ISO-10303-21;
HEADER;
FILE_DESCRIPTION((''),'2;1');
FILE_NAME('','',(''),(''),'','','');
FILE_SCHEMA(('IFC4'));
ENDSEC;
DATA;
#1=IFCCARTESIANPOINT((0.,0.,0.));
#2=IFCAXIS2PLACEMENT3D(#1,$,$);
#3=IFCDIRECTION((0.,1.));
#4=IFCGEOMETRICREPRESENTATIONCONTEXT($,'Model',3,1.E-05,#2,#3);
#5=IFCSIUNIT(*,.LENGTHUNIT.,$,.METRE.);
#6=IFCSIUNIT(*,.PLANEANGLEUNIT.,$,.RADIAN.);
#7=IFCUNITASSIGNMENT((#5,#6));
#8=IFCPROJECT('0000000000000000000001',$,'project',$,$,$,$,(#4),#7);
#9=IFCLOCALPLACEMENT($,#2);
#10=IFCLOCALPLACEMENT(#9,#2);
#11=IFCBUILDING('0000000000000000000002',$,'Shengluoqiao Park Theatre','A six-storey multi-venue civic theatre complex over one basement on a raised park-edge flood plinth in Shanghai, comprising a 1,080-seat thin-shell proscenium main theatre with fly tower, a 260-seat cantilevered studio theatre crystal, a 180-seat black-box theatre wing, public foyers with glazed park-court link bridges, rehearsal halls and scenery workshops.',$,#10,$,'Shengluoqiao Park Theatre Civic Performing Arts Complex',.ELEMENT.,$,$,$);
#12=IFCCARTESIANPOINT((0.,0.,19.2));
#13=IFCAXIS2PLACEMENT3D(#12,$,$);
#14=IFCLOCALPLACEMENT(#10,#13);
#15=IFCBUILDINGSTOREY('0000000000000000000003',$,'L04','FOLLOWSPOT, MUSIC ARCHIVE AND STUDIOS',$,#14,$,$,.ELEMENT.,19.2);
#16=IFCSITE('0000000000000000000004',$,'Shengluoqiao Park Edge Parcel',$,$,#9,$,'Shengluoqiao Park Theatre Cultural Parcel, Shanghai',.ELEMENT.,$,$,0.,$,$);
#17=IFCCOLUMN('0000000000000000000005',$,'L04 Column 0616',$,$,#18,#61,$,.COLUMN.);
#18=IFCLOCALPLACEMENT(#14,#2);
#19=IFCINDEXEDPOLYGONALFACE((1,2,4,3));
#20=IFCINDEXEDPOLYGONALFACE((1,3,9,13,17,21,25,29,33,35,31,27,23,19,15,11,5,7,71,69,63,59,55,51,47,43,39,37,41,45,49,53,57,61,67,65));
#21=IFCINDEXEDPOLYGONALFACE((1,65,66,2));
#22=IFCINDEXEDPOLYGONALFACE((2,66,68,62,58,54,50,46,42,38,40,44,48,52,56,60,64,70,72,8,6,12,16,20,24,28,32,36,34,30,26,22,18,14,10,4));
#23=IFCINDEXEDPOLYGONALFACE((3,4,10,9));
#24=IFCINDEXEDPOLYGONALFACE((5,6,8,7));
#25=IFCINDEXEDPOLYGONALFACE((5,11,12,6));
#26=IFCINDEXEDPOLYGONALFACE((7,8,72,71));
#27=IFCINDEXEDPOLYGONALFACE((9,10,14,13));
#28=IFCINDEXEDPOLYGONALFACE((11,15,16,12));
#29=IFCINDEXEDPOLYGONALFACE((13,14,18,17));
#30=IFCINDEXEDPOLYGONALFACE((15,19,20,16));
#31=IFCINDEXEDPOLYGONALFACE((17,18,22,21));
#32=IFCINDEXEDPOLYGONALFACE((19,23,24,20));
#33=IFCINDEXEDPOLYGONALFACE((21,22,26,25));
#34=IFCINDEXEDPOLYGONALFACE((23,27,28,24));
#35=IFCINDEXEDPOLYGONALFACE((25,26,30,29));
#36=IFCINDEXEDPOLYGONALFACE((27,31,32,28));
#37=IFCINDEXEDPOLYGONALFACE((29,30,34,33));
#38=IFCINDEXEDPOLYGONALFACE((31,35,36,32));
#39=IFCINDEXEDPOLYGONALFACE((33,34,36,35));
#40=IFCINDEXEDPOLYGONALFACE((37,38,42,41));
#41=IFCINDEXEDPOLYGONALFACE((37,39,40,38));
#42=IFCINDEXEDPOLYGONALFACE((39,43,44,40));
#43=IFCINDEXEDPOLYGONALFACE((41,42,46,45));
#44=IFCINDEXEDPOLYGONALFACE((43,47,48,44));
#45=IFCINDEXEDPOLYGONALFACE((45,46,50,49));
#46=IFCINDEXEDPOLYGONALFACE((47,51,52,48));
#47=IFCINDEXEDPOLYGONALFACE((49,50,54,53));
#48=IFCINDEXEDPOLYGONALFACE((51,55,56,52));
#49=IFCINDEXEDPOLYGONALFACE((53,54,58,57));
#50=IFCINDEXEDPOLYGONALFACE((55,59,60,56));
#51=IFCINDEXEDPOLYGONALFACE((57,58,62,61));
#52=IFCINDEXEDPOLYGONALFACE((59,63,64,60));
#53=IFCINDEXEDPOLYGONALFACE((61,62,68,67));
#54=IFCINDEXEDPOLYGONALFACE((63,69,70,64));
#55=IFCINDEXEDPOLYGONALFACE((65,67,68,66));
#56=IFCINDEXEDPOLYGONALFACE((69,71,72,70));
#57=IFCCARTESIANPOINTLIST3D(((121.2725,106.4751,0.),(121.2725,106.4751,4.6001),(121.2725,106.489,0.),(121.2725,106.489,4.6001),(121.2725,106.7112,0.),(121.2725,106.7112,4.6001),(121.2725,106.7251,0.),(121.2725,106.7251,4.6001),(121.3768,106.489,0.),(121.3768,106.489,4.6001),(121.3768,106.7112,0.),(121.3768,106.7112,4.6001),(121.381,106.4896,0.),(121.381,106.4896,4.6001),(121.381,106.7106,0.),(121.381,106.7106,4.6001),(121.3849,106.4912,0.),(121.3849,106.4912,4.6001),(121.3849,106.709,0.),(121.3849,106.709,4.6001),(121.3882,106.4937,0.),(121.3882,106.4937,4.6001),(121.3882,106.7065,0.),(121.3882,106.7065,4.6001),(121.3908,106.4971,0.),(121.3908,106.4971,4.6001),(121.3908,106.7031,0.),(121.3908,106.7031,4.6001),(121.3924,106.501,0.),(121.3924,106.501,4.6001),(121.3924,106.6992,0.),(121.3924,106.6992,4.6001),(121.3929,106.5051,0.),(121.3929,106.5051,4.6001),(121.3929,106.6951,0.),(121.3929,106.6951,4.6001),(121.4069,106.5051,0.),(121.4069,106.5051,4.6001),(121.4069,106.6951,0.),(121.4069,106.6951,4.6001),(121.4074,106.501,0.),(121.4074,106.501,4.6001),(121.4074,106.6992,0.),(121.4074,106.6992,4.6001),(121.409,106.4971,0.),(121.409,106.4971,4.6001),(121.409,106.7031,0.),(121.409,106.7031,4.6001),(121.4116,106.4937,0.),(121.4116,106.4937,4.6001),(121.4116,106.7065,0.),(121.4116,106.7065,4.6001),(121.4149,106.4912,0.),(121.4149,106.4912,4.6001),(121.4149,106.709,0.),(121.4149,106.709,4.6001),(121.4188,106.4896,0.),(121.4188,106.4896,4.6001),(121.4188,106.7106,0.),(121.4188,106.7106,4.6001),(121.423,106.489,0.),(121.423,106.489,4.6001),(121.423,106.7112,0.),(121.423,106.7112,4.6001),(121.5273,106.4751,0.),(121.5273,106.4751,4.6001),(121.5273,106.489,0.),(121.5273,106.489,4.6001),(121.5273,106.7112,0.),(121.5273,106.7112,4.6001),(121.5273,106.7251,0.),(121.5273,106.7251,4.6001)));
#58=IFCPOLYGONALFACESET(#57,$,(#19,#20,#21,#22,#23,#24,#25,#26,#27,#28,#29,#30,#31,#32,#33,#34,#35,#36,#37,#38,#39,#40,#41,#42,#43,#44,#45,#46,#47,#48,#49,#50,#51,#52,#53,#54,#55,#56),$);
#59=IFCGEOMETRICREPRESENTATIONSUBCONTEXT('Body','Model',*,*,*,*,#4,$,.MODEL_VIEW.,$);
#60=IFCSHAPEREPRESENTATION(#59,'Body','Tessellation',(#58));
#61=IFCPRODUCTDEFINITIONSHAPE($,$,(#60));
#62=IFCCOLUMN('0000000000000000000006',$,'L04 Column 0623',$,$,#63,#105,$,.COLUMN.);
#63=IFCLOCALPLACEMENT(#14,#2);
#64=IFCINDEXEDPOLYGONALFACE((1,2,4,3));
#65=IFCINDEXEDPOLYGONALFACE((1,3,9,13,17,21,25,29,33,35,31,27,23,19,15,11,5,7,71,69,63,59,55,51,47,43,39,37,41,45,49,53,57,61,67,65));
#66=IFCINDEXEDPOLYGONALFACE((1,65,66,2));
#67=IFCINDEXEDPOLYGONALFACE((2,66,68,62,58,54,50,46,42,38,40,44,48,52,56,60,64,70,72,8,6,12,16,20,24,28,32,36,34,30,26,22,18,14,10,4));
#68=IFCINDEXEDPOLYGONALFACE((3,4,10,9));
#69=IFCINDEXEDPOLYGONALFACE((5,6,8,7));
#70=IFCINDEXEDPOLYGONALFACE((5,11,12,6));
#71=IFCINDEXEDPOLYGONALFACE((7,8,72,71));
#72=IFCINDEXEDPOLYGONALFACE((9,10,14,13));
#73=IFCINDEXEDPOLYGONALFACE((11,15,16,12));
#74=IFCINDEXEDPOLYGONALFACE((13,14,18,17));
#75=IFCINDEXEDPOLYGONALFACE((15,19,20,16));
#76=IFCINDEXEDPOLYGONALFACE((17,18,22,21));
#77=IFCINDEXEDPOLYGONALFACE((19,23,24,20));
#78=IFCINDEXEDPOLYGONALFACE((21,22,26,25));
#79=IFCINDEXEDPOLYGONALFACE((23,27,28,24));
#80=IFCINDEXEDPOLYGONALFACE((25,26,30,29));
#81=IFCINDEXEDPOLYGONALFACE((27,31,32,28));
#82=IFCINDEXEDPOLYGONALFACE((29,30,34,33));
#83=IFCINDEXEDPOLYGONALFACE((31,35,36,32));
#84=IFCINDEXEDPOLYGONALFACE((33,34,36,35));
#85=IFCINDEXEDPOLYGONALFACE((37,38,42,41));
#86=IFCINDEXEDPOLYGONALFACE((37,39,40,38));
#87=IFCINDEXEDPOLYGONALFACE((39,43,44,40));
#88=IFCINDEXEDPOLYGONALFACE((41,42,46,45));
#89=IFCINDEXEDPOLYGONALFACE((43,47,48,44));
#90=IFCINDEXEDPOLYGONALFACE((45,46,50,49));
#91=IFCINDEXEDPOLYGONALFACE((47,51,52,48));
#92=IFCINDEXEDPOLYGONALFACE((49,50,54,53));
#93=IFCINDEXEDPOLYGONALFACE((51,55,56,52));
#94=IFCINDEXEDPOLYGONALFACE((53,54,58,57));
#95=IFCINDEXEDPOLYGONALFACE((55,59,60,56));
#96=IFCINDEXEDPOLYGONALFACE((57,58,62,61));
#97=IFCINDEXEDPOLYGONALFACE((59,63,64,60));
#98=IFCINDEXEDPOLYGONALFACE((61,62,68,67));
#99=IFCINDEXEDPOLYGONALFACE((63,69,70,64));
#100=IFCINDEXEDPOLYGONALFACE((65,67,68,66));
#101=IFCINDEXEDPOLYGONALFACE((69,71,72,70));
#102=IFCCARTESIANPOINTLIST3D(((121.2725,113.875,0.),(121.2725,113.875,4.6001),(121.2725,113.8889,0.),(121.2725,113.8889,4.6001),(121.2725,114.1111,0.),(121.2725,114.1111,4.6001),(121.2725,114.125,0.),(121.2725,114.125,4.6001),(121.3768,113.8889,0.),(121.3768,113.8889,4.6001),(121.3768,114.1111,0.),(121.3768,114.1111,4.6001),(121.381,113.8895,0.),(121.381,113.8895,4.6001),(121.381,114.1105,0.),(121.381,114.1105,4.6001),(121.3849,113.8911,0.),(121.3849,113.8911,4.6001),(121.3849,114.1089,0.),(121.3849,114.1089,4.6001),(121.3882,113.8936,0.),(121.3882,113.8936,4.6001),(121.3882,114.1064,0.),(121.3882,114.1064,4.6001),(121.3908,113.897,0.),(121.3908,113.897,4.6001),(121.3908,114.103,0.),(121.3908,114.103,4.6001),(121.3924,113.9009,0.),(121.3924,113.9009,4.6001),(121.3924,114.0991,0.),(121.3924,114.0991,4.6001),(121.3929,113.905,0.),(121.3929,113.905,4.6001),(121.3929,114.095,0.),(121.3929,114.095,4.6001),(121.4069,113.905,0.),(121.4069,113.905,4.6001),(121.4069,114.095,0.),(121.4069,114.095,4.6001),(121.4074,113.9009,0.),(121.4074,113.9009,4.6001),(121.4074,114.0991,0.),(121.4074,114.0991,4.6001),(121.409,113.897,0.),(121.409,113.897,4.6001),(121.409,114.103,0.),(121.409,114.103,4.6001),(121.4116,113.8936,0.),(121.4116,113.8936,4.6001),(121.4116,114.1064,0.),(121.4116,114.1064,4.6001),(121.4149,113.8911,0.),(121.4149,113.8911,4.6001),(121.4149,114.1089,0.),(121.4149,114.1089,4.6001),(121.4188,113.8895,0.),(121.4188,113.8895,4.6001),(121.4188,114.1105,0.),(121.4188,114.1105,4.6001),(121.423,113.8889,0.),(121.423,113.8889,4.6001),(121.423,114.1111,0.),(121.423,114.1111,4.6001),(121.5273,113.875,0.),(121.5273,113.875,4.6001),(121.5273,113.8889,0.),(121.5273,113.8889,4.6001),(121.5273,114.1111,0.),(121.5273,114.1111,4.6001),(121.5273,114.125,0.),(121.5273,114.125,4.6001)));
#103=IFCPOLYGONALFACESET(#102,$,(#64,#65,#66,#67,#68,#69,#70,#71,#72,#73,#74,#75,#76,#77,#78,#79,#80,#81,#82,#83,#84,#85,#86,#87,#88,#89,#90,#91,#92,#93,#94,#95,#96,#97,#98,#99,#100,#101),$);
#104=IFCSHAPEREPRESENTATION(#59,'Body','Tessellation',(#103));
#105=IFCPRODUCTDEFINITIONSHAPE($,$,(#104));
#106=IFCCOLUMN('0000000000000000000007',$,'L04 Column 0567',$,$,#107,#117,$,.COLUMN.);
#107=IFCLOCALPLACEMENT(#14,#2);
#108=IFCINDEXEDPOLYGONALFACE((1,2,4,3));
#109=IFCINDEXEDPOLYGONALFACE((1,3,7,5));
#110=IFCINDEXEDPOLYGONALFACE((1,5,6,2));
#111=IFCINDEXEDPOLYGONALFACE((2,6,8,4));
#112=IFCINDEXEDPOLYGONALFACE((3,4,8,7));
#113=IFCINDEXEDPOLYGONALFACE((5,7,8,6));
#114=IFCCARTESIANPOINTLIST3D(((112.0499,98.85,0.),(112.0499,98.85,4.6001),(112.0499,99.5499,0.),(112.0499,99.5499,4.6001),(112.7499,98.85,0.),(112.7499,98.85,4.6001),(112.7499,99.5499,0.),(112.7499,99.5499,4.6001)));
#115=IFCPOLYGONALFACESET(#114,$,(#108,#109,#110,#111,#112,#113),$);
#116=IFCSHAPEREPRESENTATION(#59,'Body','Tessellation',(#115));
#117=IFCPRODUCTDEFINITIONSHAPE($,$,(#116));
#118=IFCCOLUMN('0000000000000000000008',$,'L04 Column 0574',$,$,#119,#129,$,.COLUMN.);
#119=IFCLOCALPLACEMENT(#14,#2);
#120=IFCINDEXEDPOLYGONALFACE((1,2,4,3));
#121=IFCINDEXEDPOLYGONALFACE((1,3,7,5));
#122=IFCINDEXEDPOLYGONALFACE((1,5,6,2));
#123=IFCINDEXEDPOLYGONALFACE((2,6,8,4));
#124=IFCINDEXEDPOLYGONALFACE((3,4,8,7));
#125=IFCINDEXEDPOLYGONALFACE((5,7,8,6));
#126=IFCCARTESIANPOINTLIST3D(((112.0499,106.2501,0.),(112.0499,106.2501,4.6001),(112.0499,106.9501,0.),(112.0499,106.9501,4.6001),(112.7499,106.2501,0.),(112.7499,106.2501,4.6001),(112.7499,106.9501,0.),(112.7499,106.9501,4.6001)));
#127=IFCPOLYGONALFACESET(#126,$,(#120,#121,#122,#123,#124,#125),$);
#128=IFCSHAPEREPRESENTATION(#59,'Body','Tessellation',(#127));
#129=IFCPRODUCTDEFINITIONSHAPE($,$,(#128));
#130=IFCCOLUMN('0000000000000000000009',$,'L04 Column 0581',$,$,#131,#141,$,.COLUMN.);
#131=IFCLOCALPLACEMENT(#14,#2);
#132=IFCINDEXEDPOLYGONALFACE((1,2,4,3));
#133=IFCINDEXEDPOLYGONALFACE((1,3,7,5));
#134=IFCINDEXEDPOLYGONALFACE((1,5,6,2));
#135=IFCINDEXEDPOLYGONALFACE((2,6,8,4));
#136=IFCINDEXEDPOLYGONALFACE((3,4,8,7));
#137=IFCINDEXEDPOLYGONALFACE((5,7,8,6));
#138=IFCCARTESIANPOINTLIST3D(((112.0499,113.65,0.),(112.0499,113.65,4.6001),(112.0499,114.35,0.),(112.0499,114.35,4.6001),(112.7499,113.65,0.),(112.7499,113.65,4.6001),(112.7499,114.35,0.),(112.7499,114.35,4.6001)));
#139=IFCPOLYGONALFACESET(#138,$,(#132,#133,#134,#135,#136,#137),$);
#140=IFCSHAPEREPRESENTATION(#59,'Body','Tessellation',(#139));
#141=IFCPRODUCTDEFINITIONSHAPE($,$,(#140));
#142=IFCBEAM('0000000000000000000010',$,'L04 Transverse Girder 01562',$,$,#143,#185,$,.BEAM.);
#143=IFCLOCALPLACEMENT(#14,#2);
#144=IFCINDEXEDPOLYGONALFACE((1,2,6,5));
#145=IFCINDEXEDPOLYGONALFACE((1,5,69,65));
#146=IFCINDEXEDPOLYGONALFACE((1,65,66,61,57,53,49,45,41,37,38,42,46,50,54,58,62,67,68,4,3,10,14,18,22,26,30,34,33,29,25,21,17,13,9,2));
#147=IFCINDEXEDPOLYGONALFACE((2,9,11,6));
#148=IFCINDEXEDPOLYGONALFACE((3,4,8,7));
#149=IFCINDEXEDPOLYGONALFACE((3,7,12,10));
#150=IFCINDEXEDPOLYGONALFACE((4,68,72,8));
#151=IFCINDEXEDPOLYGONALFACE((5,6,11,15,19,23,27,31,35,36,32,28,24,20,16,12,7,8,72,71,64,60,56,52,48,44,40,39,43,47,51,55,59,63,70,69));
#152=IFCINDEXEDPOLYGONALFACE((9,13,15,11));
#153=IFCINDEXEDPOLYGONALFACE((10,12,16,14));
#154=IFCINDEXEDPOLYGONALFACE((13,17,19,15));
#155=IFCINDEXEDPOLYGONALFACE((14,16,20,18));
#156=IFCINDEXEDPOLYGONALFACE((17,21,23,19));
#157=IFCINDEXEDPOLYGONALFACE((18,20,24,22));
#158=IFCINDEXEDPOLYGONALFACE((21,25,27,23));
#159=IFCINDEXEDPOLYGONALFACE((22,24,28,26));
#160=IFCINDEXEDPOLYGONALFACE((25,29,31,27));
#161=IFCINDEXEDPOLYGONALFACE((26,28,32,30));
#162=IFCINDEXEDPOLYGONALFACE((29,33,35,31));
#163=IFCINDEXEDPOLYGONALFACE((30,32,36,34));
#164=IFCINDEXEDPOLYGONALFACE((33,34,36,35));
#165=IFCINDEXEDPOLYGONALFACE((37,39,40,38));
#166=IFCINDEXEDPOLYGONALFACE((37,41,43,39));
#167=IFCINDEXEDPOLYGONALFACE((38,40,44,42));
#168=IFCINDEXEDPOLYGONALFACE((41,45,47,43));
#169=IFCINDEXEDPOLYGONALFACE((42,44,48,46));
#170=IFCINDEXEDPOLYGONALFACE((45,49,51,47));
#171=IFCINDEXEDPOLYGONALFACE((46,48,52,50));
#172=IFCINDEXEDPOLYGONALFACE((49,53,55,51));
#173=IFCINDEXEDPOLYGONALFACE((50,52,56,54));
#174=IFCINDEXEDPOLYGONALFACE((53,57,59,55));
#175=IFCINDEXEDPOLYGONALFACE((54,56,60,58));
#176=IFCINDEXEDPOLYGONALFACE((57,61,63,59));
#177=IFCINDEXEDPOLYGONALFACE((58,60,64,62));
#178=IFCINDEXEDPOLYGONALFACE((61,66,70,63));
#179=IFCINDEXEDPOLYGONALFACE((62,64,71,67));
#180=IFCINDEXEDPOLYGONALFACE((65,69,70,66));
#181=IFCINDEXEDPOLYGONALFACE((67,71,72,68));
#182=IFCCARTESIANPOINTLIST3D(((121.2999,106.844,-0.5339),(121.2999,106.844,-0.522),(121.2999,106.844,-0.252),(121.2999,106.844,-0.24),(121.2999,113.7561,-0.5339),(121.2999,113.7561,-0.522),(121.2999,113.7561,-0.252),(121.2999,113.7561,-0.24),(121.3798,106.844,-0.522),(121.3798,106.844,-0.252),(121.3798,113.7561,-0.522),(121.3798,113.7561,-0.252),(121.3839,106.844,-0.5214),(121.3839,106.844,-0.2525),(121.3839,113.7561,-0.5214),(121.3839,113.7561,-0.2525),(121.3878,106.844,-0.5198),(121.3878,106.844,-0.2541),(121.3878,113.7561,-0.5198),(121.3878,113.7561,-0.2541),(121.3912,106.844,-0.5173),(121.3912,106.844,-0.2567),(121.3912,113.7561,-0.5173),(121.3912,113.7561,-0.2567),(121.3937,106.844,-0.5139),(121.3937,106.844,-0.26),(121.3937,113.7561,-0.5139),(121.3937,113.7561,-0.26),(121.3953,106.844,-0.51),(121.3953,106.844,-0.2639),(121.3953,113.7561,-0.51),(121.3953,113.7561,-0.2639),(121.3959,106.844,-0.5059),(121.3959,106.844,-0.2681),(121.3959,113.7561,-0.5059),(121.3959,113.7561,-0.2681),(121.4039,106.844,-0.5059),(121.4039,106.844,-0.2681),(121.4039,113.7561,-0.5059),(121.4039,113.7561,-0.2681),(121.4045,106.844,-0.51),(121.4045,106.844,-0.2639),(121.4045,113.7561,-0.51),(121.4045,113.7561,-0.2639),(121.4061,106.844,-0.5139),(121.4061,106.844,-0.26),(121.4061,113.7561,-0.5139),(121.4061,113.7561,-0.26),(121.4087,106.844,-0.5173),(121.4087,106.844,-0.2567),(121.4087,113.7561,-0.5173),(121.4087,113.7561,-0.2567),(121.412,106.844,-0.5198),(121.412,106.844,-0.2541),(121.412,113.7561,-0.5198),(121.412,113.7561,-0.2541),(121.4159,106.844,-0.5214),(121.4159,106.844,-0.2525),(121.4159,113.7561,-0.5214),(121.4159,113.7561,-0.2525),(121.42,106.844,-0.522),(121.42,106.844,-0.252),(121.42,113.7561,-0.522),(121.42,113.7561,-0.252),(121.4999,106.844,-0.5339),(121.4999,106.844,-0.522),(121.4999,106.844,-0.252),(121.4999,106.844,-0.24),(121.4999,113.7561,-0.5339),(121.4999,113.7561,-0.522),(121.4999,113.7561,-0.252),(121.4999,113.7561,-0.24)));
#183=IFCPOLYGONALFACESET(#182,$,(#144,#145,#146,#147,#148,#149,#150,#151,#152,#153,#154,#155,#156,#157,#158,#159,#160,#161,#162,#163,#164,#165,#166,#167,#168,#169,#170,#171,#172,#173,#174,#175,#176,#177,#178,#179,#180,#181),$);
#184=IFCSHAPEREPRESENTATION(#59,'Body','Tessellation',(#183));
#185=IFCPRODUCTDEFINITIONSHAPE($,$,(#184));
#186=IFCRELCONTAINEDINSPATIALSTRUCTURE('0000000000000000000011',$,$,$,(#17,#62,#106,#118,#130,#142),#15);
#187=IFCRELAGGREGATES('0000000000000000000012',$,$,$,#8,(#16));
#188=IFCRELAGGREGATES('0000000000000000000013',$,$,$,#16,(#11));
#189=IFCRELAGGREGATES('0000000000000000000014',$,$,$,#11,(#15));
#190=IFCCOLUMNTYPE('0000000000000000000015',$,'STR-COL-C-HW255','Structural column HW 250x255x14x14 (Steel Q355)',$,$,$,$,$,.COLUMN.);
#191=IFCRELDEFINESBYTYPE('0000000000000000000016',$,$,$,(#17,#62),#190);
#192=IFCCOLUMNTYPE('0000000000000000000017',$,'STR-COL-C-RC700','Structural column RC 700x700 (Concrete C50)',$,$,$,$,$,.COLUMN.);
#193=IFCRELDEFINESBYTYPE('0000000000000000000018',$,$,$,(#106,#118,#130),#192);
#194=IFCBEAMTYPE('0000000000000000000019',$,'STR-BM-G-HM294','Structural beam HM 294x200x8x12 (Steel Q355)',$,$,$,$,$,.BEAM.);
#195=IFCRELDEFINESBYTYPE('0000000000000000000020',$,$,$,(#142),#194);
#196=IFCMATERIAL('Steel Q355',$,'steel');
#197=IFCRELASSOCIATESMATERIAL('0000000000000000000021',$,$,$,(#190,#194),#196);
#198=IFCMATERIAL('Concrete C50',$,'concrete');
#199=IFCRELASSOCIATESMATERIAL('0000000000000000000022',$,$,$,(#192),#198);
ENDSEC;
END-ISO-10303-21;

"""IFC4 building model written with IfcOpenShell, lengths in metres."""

from ifc_helpers import new_model, si_unit, direction, frame, origin, origin_2d, place, context, subcontext, project, spatial, rectangle, i_section, extrude, material, material_profile, profile_set, type_object, element, save


model = new_model("IFC4")

# Units and contexts
model_context = context("Model", 3, precision=1e-05, world=origin(), true_north=direction((0.0, 1.0)))
body_context = subcontext(model_context, "Body", "Model", "MODEL_VIEW")
ifc_project = project(units=[si_unit("LENGTHUNIT", "METRE"), si_unit("PLANEANGLEUNIT", "RADIAN")], contexts=[model_context])

# Site, building, storey
site_placement = place(None, origin())
site = spatial("IfcSite", under=ifc_project, at=site_placement, Name="Shengluoqiao Park Edge Parcel", LongName="Shengluoqiao Park Theatre Cultural Parcel, Shanghai", CompositionType="ELEMENT", RefElevation=0.0)
building_placement = place(site_placement, origin())
building = spatial("IfcBuilding", under=site, at=building_placement, Name="Shengluoqiao Park Theatre", Description="A six-storey multi-venue civic theatre complex over one basement on a raised park-edge flood plinth in Shanghai, comprising a 1,080-seat thin-shell proscenium main theatre with fly tower, a 260-seat cantilevered studio theatre crystal, a 180-seat black-box theatre wing, public foyers with glazed park-court link bridges, rehearsal halls and scenery workshops.", LongName="Shengluoqiao Park Theatre Civic Performing Arts Complex", CompositionType="ELEMENT")
storey_placement = place(building_placement, frame((0.0, 0.0, 19.2)))
storey = spatial("IfcBuildingStorey", under=building, at=storey_placement, Name="L04", Description="FOLLOWSPOT, MUSIC ARCHIVE AND STUDIOS", CompositionType="ELEMENT", Elevation=19.2)

# Columns
ifc_material_1 = material(Name="Steel Q355", Category="steel")
ifc_material_profile_1 = material_profile(ifc_material_1, i_section(OverallWidth=0.2549, OverallDepth=0.25, WebThickness=0.0139, FlangeThickness=0.0139, FilletRadius=0.0161, at=origin_2d()), Name="HW 250x255x14x14")
ifc_profile_set_1 = profile_set([ifc_material_profile_1], Name="Steel Q355")
column_type_1 = type_object("IfcColumnType", Name="STR-COL-C-HW255", Description="Structural column HW 250x255x14x14 (Steel Q355)", PredefinedType="COLUMN", material=ifc_profile_set_1)
for number, where, z_axis, x_axis, name in (
    (1, (121.3999, 106.6001, 0.0), (0.0, 0.0, 1.0), (1.0, 0.0, 0.0), "L04 Column 0616"),
    (2, (121.3999, 114.0, 0.0), (0.0, 0.0, 1.0), (1.0, 0.0, 0.0), "L04 Column 0623"),
):
    element("IfcColumn", number, at=place(storey_placement, frame(where, z_axis=z_axis, x_axis=x_axis)), inside=storey, type_object=column_type_1, Name=name, PredefinedType="COLUMN", context=body_context, shape_type="SweptSolid", body=[
        extrude(i_section(OverallWidth=0.2549, OverallDepth=0.25, WebThickness=0.0139, FlangeThickness=0.0139, FilletRadius=0.0161, at=origin_2d()), origin(), (0.0, 0.0, 1.0), 4.6001),
    ])
ifc_material_2 = material(Name="Concrete C50", Category="concrete")
ifc_material_profile_2 = material_profile(ifc_material_2, rectangle(XDim=0.7, YDim=0.7, at=origin_2d()), Name="RC 700x700")
ifc_profile_set_2 = profile_set([ifc_material_profile_2], Name="Concrete C50")
column_type_2 = type_object("IfcColumnType", Name="STR-COL-C-RC700", Description="Structural column RC 700x700 (Concrete C50)", PredefinedType="COLUMN", material=ifc_profile_set_2)
for number, where, z_axis, x_axis, name in (
    (3, (112.3999, 99.2, 0.0), (0.0, 0.0, 1.0), (1.0, 0.0, 0.0), "L04 Column 0567"),
    (4, (112.3999, 106.6001, 0.0), (0.0, 0.0, 1.0), (1.0, 0.0, 0.0), "L04 Column 0574"),
    (5, (112.3999, 114.0, 0.0), (0.0, 0.0, 1.0), (1.0, 0.0, 0.0), "L04 Column 0581"),
):
    element("IfcColumn", number, at=place(storey_placement, frame(where, z_axis=z_axis, x_axis=x_axis)), inside=storey, type_object=column_type_2, Name=name, PredefinedType="COLUMN", context=body_context, shape_type="SweptSolid", body=[
        extrude(rectangle(XDim=0.7, YDim=0.7, at=origin_2d()), origin(), (0.0, 0.0, 1.0), 4.6001),
    ])

# Beam
ifc_material_profile_3 = material_profile(ifc_material_1, i_section(OverallWidth=0.2, OverallDepth=0.2939, WebThickness=0.0081, FlangeThickness=0.012, FilletRadius=0.0161, at=origin_2d()), Name="HM 294x200x8x12")
ifc_profile_set_3 = profile_set([ifc_material_profile_3], Name="Steel Q355")
beam_type_1 = type_object("IfcBeamType", Name="STR-BM-G-HM294", Description="Structural beam HM 294x200x8x12 (Steel Q355)", PredefinedType="BEAM", material=ifc_profile_set_3)
beam_1_placement = place(storey_placement, frame((121.3999, 106.844, -0.387), z_axis=(0.0, 1.0, 0.0), x_axis=(-1.0, 0.0, 0.0)))
element("IfcBeam", 6, at=beam_1_placement, inside=storey, type_object=beam_type_1, Name="L04 Transverse Girder 01562", PredefinedType="BEAM", context=body_context, shape_type="SweptSolid", body=[
    extrude(i_section(OverallWidth=0.2, OverallDepth=0.2939, WebThickness=0.0081, FlangeThickness=0.012, FilletRadius=0.0161, at=origin_2d()), origin(), (0.0, 0.0, 1.0), 6.9121),
])

save(model, "model.ifc")
